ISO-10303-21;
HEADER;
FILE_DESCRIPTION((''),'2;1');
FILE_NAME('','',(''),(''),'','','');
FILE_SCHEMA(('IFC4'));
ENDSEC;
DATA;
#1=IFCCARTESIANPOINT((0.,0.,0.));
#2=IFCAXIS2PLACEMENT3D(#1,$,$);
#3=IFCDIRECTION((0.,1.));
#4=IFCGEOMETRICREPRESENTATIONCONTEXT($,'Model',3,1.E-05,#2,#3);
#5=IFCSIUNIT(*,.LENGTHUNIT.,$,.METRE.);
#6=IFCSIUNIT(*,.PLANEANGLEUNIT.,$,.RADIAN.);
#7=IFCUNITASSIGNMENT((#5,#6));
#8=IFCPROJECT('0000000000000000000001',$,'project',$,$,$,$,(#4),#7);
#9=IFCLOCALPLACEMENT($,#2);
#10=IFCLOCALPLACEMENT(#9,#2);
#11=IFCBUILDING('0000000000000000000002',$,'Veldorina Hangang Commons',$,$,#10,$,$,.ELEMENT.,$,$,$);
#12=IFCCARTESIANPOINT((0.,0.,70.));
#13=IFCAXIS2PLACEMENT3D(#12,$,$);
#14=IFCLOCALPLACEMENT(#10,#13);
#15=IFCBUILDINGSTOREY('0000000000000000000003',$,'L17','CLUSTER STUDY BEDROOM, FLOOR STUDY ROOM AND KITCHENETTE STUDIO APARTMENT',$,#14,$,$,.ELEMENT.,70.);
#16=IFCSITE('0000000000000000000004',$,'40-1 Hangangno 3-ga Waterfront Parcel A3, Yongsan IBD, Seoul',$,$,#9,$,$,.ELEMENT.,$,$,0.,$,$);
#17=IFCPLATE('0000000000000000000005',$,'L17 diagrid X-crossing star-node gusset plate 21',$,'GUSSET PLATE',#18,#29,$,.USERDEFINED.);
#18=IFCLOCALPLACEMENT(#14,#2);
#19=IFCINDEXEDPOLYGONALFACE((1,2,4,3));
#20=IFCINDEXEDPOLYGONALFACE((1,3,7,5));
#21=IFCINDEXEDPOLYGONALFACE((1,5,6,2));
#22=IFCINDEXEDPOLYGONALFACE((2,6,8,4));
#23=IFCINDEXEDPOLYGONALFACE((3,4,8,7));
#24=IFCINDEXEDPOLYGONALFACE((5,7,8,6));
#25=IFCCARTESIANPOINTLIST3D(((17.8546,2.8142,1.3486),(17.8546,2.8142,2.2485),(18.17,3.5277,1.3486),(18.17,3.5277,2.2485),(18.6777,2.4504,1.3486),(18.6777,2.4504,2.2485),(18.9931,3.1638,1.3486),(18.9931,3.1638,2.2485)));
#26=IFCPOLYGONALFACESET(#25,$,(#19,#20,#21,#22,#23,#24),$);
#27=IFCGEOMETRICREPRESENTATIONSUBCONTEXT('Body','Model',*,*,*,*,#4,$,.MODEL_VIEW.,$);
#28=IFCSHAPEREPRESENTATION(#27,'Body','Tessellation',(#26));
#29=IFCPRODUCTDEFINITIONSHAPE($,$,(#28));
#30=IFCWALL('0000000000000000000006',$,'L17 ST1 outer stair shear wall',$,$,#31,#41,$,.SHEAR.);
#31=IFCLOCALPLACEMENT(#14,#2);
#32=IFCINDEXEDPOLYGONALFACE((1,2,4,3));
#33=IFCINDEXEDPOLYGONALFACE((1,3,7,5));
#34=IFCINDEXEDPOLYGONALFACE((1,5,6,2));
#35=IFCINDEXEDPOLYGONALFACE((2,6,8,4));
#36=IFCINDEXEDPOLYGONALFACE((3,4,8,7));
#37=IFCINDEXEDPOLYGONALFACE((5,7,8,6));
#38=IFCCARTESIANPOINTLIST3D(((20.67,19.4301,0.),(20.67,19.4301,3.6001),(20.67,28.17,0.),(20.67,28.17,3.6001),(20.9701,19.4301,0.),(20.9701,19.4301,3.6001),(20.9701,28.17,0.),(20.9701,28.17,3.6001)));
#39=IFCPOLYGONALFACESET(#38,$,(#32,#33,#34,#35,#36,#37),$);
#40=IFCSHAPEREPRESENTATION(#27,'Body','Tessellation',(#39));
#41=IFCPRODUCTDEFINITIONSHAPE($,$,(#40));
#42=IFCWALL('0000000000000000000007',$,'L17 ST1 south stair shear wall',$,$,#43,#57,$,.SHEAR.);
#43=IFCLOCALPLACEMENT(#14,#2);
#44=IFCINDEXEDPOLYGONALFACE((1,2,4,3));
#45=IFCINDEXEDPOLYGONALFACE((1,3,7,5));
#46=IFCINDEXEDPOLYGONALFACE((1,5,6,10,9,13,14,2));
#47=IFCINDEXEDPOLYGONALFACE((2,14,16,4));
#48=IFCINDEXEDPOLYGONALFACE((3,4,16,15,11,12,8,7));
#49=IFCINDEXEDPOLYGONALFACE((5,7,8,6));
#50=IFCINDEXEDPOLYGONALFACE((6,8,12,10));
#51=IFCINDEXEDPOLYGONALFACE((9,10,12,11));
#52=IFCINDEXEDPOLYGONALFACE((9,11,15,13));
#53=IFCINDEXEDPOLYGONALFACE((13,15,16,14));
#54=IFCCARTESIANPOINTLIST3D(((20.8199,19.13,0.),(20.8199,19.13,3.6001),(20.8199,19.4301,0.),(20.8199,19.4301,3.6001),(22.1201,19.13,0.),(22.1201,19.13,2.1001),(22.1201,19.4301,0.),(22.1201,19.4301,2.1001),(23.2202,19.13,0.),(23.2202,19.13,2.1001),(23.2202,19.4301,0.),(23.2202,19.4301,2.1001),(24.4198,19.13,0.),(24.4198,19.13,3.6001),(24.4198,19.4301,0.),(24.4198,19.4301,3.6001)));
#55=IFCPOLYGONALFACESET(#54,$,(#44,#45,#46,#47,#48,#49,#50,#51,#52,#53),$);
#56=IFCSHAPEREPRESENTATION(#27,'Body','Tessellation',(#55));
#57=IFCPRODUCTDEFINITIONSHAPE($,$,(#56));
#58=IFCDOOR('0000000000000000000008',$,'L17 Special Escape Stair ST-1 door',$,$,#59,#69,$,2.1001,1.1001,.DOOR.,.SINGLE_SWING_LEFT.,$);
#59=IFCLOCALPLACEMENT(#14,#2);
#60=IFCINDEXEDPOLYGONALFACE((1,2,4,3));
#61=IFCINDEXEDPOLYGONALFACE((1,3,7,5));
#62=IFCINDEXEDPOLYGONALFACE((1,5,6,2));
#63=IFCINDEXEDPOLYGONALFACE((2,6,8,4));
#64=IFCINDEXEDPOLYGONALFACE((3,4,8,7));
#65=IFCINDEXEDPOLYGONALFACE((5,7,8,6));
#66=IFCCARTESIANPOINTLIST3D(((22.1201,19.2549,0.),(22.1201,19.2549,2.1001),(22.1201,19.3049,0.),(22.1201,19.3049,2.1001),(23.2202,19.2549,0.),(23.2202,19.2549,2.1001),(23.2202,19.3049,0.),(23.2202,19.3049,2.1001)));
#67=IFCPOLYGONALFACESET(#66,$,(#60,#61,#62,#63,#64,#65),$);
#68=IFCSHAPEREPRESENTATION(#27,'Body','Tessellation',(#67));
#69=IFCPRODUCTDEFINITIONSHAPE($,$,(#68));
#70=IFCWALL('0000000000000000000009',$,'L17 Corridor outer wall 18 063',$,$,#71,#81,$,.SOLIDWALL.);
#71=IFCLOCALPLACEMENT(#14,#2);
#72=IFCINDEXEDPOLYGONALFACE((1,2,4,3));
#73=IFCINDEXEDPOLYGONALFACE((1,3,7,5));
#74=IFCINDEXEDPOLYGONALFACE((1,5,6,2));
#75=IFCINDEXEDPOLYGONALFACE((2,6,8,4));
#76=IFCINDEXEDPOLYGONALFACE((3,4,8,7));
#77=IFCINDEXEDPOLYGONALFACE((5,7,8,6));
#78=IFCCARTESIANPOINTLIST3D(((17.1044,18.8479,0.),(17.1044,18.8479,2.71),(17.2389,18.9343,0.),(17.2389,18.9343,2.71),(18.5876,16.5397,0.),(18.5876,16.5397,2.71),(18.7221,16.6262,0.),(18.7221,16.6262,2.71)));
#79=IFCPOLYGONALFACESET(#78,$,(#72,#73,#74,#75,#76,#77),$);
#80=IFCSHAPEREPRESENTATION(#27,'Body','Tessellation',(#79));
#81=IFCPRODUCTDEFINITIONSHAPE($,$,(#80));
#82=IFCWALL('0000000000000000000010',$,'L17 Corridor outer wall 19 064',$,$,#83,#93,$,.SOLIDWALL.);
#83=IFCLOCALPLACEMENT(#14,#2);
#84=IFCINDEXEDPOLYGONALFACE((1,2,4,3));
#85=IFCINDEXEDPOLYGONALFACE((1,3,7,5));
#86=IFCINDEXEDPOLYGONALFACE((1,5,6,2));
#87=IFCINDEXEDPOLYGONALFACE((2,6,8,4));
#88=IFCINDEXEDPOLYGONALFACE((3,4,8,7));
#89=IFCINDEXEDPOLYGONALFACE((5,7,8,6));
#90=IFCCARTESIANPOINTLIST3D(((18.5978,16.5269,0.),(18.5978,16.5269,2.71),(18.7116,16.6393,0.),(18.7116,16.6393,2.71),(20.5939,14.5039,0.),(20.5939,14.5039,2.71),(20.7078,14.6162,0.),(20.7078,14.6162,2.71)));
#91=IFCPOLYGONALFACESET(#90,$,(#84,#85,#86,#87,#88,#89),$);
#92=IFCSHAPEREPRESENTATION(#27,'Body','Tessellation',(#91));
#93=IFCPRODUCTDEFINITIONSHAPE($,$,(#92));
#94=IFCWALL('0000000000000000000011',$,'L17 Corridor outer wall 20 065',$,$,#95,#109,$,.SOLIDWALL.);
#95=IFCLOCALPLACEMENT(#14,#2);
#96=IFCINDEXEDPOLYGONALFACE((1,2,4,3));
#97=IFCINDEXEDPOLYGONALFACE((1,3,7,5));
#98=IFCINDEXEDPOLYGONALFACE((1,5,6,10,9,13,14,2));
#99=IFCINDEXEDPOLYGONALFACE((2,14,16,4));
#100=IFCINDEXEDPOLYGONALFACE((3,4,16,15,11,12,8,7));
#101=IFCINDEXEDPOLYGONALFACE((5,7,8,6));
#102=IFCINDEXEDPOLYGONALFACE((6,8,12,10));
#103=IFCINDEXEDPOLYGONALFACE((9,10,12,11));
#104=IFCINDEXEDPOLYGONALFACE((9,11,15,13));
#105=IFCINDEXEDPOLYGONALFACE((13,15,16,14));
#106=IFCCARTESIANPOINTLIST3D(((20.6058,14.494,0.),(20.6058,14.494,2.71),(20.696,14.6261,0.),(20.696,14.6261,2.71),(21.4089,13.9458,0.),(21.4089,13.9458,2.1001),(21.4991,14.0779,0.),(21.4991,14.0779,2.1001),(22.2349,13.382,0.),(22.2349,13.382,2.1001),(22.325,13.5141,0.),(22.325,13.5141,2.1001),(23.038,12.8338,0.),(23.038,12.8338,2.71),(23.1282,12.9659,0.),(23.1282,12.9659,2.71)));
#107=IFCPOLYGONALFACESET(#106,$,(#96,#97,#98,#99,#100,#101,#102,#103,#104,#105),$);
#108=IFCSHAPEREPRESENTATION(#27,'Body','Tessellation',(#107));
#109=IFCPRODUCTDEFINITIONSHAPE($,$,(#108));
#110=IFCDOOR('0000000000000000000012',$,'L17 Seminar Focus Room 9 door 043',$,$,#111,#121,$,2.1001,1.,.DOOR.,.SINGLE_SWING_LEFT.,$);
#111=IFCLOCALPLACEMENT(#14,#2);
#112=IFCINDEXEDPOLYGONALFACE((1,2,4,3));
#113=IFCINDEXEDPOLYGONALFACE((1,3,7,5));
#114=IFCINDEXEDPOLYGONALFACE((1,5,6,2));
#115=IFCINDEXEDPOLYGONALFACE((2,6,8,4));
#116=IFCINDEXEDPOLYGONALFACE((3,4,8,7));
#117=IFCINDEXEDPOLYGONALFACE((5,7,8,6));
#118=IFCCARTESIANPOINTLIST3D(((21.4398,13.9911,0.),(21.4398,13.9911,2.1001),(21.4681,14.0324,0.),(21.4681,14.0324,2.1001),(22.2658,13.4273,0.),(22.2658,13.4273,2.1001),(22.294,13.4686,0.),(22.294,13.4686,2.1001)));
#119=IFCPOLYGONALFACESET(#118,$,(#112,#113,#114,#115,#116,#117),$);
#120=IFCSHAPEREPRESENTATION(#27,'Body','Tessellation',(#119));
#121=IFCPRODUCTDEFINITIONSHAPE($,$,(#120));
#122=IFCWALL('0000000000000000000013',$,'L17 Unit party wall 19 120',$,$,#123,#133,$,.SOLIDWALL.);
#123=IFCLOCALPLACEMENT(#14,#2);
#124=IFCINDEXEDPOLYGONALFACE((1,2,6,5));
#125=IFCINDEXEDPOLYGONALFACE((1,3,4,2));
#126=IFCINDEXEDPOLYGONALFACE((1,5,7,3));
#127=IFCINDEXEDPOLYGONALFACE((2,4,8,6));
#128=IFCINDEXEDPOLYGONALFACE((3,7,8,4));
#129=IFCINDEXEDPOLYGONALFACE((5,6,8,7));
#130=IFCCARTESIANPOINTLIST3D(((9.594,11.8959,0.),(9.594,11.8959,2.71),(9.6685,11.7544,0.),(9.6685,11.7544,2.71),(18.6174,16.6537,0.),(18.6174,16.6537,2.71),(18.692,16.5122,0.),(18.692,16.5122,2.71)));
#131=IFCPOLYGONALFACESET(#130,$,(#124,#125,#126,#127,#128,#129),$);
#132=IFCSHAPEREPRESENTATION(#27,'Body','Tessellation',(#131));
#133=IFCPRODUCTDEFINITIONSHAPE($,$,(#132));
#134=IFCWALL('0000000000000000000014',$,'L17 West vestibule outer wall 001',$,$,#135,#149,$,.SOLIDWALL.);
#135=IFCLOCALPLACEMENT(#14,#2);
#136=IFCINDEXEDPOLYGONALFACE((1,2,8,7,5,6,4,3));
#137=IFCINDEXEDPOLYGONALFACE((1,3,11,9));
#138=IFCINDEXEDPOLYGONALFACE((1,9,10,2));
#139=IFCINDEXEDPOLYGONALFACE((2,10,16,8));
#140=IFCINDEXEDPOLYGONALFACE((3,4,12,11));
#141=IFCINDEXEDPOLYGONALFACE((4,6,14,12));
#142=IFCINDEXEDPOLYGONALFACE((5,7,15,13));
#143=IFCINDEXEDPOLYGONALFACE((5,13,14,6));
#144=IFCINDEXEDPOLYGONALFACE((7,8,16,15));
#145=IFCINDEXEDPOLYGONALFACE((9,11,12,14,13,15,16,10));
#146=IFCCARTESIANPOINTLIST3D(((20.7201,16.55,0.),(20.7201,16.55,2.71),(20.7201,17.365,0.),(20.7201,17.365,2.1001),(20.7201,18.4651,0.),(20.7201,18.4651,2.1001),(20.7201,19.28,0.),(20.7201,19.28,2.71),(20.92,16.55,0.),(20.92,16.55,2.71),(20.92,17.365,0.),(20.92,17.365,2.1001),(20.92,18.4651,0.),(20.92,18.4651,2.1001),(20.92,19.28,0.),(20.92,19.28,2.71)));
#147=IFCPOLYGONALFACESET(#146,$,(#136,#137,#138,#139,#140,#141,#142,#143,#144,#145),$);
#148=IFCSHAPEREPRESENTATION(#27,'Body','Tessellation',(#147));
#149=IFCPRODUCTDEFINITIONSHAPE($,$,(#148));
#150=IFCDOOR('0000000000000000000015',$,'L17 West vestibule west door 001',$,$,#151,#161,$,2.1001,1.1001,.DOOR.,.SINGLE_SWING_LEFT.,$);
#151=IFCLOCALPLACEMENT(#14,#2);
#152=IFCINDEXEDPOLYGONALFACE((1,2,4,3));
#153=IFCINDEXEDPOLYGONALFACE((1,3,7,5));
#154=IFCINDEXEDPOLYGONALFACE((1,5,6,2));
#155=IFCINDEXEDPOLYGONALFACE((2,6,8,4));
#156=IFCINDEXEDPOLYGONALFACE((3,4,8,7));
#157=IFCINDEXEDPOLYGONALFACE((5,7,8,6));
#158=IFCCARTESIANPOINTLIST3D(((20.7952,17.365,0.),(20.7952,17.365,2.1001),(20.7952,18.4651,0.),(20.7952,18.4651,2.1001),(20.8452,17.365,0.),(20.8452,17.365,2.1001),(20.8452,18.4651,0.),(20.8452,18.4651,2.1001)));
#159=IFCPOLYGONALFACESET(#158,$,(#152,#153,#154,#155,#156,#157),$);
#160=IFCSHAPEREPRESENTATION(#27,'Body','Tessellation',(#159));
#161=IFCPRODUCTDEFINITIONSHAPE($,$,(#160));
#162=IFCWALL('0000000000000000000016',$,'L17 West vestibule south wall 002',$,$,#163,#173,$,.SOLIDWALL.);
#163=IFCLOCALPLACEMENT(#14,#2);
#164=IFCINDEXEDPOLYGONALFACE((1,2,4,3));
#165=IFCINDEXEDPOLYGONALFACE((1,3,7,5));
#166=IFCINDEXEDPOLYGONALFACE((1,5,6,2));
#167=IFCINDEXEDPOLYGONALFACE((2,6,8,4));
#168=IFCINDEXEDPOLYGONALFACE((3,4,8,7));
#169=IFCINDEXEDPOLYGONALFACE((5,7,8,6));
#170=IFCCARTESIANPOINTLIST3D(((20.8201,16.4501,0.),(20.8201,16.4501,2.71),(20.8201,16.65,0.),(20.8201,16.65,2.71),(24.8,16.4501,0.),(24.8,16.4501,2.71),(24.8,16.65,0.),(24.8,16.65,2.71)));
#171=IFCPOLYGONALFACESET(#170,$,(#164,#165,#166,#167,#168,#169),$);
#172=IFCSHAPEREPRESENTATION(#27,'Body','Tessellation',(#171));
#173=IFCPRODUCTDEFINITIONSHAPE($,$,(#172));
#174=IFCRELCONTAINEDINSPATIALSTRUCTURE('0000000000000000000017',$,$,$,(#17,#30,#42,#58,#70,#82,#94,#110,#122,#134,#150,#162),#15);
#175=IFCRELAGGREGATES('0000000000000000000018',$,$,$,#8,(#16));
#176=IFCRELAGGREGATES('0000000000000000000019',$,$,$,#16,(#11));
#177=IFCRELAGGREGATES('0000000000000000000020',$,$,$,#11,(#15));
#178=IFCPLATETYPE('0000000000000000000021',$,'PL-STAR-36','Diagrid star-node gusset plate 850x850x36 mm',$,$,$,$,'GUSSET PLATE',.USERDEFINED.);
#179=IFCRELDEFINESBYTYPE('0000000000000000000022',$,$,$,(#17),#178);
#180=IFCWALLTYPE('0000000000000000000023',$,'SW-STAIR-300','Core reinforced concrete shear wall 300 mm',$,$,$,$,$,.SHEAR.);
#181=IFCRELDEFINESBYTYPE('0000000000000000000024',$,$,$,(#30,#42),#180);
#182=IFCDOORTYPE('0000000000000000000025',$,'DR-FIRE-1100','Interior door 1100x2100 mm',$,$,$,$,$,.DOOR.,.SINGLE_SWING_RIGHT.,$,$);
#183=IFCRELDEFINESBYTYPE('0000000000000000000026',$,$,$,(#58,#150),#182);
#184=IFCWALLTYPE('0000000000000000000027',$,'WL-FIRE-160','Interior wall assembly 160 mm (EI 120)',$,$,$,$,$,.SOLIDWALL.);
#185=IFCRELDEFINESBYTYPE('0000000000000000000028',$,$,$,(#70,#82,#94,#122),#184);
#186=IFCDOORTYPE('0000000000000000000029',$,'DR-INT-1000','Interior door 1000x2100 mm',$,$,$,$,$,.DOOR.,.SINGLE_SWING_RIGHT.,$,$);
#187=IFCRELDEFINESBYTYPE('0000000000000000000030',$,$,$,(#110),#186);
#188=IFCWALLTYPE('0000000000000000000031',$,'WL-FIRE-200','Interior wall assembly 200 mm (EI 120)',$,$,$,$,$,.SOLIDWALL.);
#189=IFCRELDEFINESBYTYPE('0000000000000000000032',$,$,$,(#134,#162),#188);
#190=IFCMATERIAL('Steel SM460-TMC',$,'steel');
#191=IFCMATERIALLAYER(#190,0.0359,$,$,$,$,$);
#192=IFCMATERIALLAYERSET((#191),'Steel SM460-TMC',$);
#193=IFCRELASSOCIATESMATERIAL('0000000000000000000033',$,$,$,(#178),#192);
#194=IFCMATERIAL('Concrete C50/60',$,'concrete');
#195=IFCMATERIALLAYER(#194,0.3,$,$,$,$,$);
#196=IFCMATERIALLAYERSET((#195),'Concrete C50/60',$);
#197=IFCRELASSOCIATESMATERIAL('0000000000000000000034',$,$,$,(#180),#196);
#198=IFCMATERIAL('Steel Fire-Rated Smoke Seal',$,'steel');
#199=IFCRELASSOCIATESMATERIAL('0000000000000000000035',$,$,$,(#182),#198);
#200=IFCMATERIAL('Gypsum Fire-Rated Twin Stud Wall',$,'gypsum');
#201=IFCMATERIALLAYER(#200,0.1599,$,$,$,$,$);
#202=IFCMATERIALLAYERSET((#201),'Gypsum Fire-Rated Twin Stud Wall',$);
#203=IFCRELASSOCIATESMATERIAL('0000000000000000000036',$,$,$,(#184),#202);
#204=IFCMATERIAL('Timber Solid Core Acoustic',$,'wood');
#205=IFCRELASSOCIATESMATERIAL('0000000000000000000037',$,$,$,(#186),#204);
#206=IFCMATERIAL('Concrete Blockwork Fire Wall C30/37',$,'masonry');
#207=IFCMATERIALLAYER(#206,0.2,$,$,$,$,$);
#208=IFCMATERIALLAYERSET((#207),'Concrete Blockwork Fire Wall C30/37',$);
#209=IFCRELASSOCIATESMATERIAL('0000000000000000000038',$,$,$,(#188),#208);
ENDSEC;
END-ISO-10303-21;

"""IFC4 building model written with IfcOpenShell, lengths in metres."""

from ifc_helpers import new_model, si_unit, direction, frame, frame_2d, origin, origin_2d, place, context, subcontext, project, spatial, rectangle, extrude, material, layer, layer_set, type_object, element, fill, save


model = new_model("IFC4")

# Units and contexts
model_context = context("Model", 3, precision=1e-05, world=origin(), true_north=direction((0.0, 1.0)))
body_context = subcontext(model_context, "Body", "Model", "MODEL_VIEW")
ifc_project = project(units=[si_unit("LENGTHUNIT", "METRE"), si_unit("PLANEANGLEUNIT", "RADIAN")], contexts=[model_context])

# Site, building, storey
site_placement = place(None, origin())
site = spatial("IfcSite", under=ifc_project, at=site_placement, Name="40-1 Hangangno 3-ga Waterfront Parcel A3, Yongsan IBD, Seoul", CompositionType="ELEMENT", RefElevation=0.0)
building_placement = place(site_placement, origin())
building = spatial("IfcBuilding", under=site, at=building_placement, Name="Veldorina Hangang Commons", CompositionType="ELEMENT")
storey_placement = place(building_placement, frame((0.0, 0.0, 70.0)))
storey = spatial("IfcBuildingStorey", under=building, at=storey_placement, Name="L17", Description="CLUSTER STUDY BEDROOM, FLOOR STUDY ROOM AND KITCHENETTE STUDIO APARTMENT", CompositionType="ELEMENT", Elevation=70.0)

# Shared definitions
ifc_material_1 = material(Name="Steel SM460-TMC", Category="steel")

# Plate
ifc_layer_1 = layer(ifc_material_1, 0.0359)
ifc_layer_set_1 = layer_set([ifc_layer_1], Name="Steel SM460-TMC")
plate_type_1 = type_object("IfcPlateType", Name="PL-STAR-36", Description="Diagrid star-node gusset plate 850x850x36 mm", ElementType="GUSSET PLATE", PredefinedType="USERDEFINED", material=ifc_layer_set_1)
plate_1_placement = place(storey_placement, frame((18.4238, 2.989, 1.3486), z_axis=(0.0, 0.0, 1.0), x_axis=(0.914614, -0.404328, 0.0)))
element("IfcPlate", 1, at=plate_1_placement, inside=storey, type_object=plate_type_1, Name="L17 diagrid X-crossing star-node gusset plate 21", ObjectType="GUSSET PLATE", PredefinedType="USERDEFINED", context=body_context, shape_type="SweptSolid", body=[
    extrude(rectangle(XDim=0.8999, YDim=0.78, at=origin_2d()), origin(), (0.0, 0.0, 1.0), 0.8999),
])

# Wall
ifc_material_2 = material(Name="Concrete C50/60", Category="concrete")
ifc_layer_2 = layer(ifc_material_2, 0.3)
ifc_layer_set_2 = layer_set([ifc_layer_2], Name="Concrete C50/60")
wall_type_1 = type_object("IfcWallType", Name="SW-STAIR-300", Description="Core reinforced concrete shear wall 300 mm", PredefinedType="SHEAR", material=ifc_layer_set_2)
wall_1_placement = place(storey_placement, frame((20.8201, 19.4299, 0.0), z_axis=(0.0, 0.0, 1.0), x_axis=(0.0, 1.0, 0.0)))
element("IfcWall", 2, at=wall_1_placement, inside=storey, type_object=wall_type_1, Name="L17 ST1 outer stair shear wall", PredefinedType="SHEAR", context=body_context, shape_type="SweptSolid", body=[
    extrude(rectangle(XDim=8.74, YDim=0.3, at=frame_2d((4.3701, 0.0))), origin(), (0.0, 0.0, 1.0), 3.6001),
])

# Wall, opening, door
wall_2_placement = place(storey_placement, frame((20.8201, 19.28, 0.0), z_axis=(0.0, 0.0, 1.0), x_axis=(1.0, 0.0, 0.0)))
wall_2 = element("IfcWall", 3, at=wall_2_placement, inside=storey, type_object=wall_type_1, Name="L17 ST1 south stair shear wall", PredefinedType="SHEAR", context=body_context, shape_type="SweptSolid", body=[
    extrude(rectangle(XDim=3.5999, YDim=0.3, at=frame_2d((1.7998, 0.0))), origin(), (0.0, 0.0, 1.0), 3.6001),
])
opening_1_placement = place(wall_2_placement, frame((1.3, 0.0, 0.0)))
opening_1 = element("IfcOpeningElement", 4, at=opening_1_placement, cuts=wall_2, PredefinedType="OPENING", context=body_context, shape_type="SweptSolid", body=[
    extrude(rectangle(XDim=1.1001, YDim=2.1001, at=frame_2d((0.55, 1.05))), frame((0.0, 0.1602, 0.0), z_axis=(0.0, -1.0, 0.0), x_axis=(1.0, 0.0, 0.0)), (0.0, 0.0, 1.0), 0.3201),
])
ifc_material_3 = material(Name="Steel Fire-Rated Smoke Seal", Category="steel")
door_type_1 = type_object("IfcDoorType", Name="DR-FIRE-1100", Description="Interior door 1100x2100 mm", OperationType="SINGLE_SWING_RIGHT", PredefinedType="DOOR", material=ifc_material_3)
door_1_placement = place(opening_1_placement, origin())
door_1 = element("IfcDoor", 5, at=door_1_placement, inside=storey, type_object=door_type_1, Name="L17 Special Escape Stair ST-1 door", OperationType="SINGLE_SWING_LEFT", OverallHeight=2.1001, OverallWidth=1.1001, PredefinedType="DOOR", context=body_context, shape_type="SweptSolid", body=[
    extrude(rectangle(XDim=1.1001, YDim=2.1001, at=frame_2d((0.55, 1.05))), frame((0.0, 0.0249, 0.0), z_axis=(0.0, -1.0, 0.0), x_axis=(1.0, 0.0, 0.0)), (0.0, 0.0, 1.0), 0.05),
])
fill(opening_1, door_1)

# Walls
ifc_material_4 = material(Name="Gypsum Fire-Rated Twin Stud Wall", Category="gypsum")
ifc_layer_3 = layer(ifc_material_4, 0.1599)
ifc_layer_set_3 = layer_set([ifc_layer_3], Name="Gypsum Fire-Rated Twin Stud Wall")
wall_type_2 = type_object("IfcWallType", Name="WL-FIRE-160", Description="Interior wall assembly 160 mm (EI 120)", PredefinedType="SOLIDWALL", material=ifc_layer_set_3)
wall_3_placement = place(storey_placement, frame((17.1716, 18.8911, 0.0), z_axis=(0.0, 0.0, 1.0), x_axis=(0.540596, -0.841283, 0.0)))
element("IfcWall", 6, at=wall_3_placement, inside=storey, type_object=wall_type_2, Name="L17 Corridor outer wall 18 063", PredefinedType="SOLIDWALL", context=body_context, shape_type="SweptSolid", body=[
    extrude(rectangle(XDim=2.7437, YDim=0.1599, at=frame_2d((1.3718, 0.0))), origin(), (0.0, 0.0, 1.0), 2.71),
])
wall_4_placement = place(storey_placement, frame((18.6548, 16.583, 0.0), z_axis=(0.0, 0.0, 1.0), x_axis=(0.702366, -0.711816, 0.0)))
element("IfcWall", 7, at=wall_4_placement, inside=storey, type_object=wall_type_2, Name="L17 Corridor outer wall 19 064", PredefinedType="SOLIDWALL", context=body_context, shape_type="SweptSolid", body=[
    extrude(rectangle(XDim=2.842, YDim=0.1599, at=frame_2d((1.4209, 0.0))), origin(), (0.0, 0.0, 1.0), 2.71),
])

# Wall, opening, door
wall_5_placement = place(storey_placement, frame((20.6509, 14.5601, 0.0), z_axis=(0.0, 0.0, 1.0), x_axis=(0.825929, -0.563774, 0.0)))
wall_5 = element("IfcWall", 8, at=wall_5_placement, inside=storey, type_object=wall_type_2, Name="L17 Corridor outer wall 20 065", PredefinedType="SOLIDWALL", context=body_context, shape_type="SweptSolid", body=[
    extrude(rectangle(XDim=2.9448, YDim=0.1599, at=frame_2d((1.4724, 0.0))), origin(), (0.0, 0.0, 1.0), 2.71),
])
opening_2_placement = place(wall_5_placement, frame((0.9724, 0.0, 0.0)))
opening_2 = element("IfcOpeningElement", 9, at=opening_2_placement, cuts=wall_5, PredefinedType="OPENING", context=body_context, shape_type="SweptSolid", body=[
    extrude(rectangle(XDim=1.0, YDim=2.1001, at=frame_2d((0.5, 1.05))), frame((0.0, 0.0898, 0.0), z_axis=(0.0, -1.0, 0.0), x_axis=(1.0, 0.0, 0.0)), (0.0, 0.0, 1.0), 0.1799),
])
ifc_material_5 = material(Name="Timber Solid Core Acoustic", Category="wood")
door_type_2 = type_object("IfcDoorType", Name="DR-INT-1000", Description="Interior door 1000x2100 mm", OperationType="SINGLE_SWING_RIGHT", PredefinedType="DOOR", material=ifc_material_5)
door_2_placement = place(opening_2_placement, origin())
door_2 = element("IfcDoor", 10, at=door_2_placement, inside=storey, type_object=door_type_2, Name="L17 Seminar Focus Room 9 door 043", OperationType="SINGLE_SWING_LEFT", OverallHeight=2.1001, OverallWidth=1.0, PredefinedType="DOOR", context=body_context, shape_type="SweptSolid", body=[
    extrude(rectangle(XDim=1.0, YDim=2.1001, at=frame_2d((0.5, 1.05))), frame((0.0, 0.0249, 0.0), z_axis=(0.0, -1.0, 0.0), x_axis=(1.0, 0.0, 0.0)), (0.0, 0.0, 1.0), 0.05),
])
fill(opening_2, door_2)

# Wall
wall_6_placement = place(storey_placement, frame((18.6548, 16.583, 0.0), z_axis=(0.0, 0.0, 1.0), x_axis=(-0.884569, -0.466409, 0.0)))
element("IfcWall", 11, at=wall_6_placement, inside=storey, type_object=wall_type_2, Name="L17 Unit party wall 19 120", PredefinedType="SOLIDWALL", context=body_context, shape_type="SweptSolid", body=[
    extrude(rectangle(XDim=10.2009, YDim=0.1599, at=frame_2d((5.1006, 0.0))), origin(), (0.0, 0.0, 1.0), 2.71),
])

# Wall, opening, door
ifc_material_6 = material(Name="Concrete Blockwork Fire Wall C30/37", Category="masonry")
ifc_layer_4 = layer(ifc_material_6, 0.2)
ifc_layer_set_4 = layer_set([ifc_layer_4], Name="Concrete Blockwork Fire Wall C30/37")
wall_type_3 = type_object("IfcWallType", Name="WL-FIRE-200", Description="Interior wall assembly 200 mm (EI 120)", PredefinedType="SOLIDWALL", material=ifc_layer_set_4)
wall_7_placement = place(storey_placement, frame((20.8201, 16.55, 0.0), z_axis=(0.0, 0.0, 1.0), x_axis=(0.0, 1.0, 0.0)))
wall_7 = element("IfcWall", 12, at=wall_7_placement, inside=storey, type_object=wall_type_3, Name="L17 West vestibule outer wall 001", PredefinedType="SOLIDWALL", context=body_context, shape_type="SweptSolid", body=[
    extrude(rectangle(XDim=2.73, YDim=0.2, at=frame_2d((1.365, 0.0))), origin(), (0.0, 0.0, 1.0), 2.71),
])
opening_3_placement = place(wall_7_placement, frame((0.8149, 0.0, 0.0)))
opening_3 = element("IfcOpeningElement", 13, at=opening_3_placement, cuts=wall_7, PredefinedType="OPENING", context=body_context, shape_type="SweptSolid", body=[
    extrude(rectangle(XDim=1.1001, YDim=2.1001, at=frame_2d((0.55, 1.05))), frame((0.0, 0.1099, 0.0), z_axis=(0.0, -1.0, 0.0), x_axis=(1.0, 0.0, 0.0)), (0.0, 0.0, 1.0), 0.22),
])
door_3_placement = place(opening_3_placement, origin())
door_3 = element("IfcDoor", 14, at=door_3_placement, inside=storey, type_object=door_type_1, Name="L17 West vestibule west door 001", OperationType="SINGLE_SWING_LEFT", OverallHeight=2.1001, OverallWidth=1.1001, PredefinedType="DOOR", context=body_context, shape_type="SweptSolid", body=[
    extrude(rectangle(XDim=1.1001, YDim=2.1001, at=frame_2d((0.55, 1.05))), frame((0.0, 0.0249, 0.0), z_axis=(0.0, -1.0, 0.0), x_axis=(1.0, 0.0, 0.0)), (0.0, 0.0, 1.0), 0.05),
])
fill(opening_3, door_3)

# Wall
wall_8_placement = place(storey_placement, frame((20.8201, 16.55, 0.0), z_axis=(0.0, 0.0, 1.0), x_axis=(1.0, 0.0, 0.0)))
element("IfcWall", 15, at=wall_8_placement, inside=storey, type_object=wall_type_3, Name="L17 West vestibule south wall 002", PredefinedType="SOLIDWALL", context=body_context, shape_type="SweptSolid", body=[
    extrude(rectangle(XDim=3.98, YDim=0.2, at=frame_2d((1.99, 0.0))), origin(), (0.0, 0.0, 1.0), 2.71),
])

save(model, "model.ifc")
